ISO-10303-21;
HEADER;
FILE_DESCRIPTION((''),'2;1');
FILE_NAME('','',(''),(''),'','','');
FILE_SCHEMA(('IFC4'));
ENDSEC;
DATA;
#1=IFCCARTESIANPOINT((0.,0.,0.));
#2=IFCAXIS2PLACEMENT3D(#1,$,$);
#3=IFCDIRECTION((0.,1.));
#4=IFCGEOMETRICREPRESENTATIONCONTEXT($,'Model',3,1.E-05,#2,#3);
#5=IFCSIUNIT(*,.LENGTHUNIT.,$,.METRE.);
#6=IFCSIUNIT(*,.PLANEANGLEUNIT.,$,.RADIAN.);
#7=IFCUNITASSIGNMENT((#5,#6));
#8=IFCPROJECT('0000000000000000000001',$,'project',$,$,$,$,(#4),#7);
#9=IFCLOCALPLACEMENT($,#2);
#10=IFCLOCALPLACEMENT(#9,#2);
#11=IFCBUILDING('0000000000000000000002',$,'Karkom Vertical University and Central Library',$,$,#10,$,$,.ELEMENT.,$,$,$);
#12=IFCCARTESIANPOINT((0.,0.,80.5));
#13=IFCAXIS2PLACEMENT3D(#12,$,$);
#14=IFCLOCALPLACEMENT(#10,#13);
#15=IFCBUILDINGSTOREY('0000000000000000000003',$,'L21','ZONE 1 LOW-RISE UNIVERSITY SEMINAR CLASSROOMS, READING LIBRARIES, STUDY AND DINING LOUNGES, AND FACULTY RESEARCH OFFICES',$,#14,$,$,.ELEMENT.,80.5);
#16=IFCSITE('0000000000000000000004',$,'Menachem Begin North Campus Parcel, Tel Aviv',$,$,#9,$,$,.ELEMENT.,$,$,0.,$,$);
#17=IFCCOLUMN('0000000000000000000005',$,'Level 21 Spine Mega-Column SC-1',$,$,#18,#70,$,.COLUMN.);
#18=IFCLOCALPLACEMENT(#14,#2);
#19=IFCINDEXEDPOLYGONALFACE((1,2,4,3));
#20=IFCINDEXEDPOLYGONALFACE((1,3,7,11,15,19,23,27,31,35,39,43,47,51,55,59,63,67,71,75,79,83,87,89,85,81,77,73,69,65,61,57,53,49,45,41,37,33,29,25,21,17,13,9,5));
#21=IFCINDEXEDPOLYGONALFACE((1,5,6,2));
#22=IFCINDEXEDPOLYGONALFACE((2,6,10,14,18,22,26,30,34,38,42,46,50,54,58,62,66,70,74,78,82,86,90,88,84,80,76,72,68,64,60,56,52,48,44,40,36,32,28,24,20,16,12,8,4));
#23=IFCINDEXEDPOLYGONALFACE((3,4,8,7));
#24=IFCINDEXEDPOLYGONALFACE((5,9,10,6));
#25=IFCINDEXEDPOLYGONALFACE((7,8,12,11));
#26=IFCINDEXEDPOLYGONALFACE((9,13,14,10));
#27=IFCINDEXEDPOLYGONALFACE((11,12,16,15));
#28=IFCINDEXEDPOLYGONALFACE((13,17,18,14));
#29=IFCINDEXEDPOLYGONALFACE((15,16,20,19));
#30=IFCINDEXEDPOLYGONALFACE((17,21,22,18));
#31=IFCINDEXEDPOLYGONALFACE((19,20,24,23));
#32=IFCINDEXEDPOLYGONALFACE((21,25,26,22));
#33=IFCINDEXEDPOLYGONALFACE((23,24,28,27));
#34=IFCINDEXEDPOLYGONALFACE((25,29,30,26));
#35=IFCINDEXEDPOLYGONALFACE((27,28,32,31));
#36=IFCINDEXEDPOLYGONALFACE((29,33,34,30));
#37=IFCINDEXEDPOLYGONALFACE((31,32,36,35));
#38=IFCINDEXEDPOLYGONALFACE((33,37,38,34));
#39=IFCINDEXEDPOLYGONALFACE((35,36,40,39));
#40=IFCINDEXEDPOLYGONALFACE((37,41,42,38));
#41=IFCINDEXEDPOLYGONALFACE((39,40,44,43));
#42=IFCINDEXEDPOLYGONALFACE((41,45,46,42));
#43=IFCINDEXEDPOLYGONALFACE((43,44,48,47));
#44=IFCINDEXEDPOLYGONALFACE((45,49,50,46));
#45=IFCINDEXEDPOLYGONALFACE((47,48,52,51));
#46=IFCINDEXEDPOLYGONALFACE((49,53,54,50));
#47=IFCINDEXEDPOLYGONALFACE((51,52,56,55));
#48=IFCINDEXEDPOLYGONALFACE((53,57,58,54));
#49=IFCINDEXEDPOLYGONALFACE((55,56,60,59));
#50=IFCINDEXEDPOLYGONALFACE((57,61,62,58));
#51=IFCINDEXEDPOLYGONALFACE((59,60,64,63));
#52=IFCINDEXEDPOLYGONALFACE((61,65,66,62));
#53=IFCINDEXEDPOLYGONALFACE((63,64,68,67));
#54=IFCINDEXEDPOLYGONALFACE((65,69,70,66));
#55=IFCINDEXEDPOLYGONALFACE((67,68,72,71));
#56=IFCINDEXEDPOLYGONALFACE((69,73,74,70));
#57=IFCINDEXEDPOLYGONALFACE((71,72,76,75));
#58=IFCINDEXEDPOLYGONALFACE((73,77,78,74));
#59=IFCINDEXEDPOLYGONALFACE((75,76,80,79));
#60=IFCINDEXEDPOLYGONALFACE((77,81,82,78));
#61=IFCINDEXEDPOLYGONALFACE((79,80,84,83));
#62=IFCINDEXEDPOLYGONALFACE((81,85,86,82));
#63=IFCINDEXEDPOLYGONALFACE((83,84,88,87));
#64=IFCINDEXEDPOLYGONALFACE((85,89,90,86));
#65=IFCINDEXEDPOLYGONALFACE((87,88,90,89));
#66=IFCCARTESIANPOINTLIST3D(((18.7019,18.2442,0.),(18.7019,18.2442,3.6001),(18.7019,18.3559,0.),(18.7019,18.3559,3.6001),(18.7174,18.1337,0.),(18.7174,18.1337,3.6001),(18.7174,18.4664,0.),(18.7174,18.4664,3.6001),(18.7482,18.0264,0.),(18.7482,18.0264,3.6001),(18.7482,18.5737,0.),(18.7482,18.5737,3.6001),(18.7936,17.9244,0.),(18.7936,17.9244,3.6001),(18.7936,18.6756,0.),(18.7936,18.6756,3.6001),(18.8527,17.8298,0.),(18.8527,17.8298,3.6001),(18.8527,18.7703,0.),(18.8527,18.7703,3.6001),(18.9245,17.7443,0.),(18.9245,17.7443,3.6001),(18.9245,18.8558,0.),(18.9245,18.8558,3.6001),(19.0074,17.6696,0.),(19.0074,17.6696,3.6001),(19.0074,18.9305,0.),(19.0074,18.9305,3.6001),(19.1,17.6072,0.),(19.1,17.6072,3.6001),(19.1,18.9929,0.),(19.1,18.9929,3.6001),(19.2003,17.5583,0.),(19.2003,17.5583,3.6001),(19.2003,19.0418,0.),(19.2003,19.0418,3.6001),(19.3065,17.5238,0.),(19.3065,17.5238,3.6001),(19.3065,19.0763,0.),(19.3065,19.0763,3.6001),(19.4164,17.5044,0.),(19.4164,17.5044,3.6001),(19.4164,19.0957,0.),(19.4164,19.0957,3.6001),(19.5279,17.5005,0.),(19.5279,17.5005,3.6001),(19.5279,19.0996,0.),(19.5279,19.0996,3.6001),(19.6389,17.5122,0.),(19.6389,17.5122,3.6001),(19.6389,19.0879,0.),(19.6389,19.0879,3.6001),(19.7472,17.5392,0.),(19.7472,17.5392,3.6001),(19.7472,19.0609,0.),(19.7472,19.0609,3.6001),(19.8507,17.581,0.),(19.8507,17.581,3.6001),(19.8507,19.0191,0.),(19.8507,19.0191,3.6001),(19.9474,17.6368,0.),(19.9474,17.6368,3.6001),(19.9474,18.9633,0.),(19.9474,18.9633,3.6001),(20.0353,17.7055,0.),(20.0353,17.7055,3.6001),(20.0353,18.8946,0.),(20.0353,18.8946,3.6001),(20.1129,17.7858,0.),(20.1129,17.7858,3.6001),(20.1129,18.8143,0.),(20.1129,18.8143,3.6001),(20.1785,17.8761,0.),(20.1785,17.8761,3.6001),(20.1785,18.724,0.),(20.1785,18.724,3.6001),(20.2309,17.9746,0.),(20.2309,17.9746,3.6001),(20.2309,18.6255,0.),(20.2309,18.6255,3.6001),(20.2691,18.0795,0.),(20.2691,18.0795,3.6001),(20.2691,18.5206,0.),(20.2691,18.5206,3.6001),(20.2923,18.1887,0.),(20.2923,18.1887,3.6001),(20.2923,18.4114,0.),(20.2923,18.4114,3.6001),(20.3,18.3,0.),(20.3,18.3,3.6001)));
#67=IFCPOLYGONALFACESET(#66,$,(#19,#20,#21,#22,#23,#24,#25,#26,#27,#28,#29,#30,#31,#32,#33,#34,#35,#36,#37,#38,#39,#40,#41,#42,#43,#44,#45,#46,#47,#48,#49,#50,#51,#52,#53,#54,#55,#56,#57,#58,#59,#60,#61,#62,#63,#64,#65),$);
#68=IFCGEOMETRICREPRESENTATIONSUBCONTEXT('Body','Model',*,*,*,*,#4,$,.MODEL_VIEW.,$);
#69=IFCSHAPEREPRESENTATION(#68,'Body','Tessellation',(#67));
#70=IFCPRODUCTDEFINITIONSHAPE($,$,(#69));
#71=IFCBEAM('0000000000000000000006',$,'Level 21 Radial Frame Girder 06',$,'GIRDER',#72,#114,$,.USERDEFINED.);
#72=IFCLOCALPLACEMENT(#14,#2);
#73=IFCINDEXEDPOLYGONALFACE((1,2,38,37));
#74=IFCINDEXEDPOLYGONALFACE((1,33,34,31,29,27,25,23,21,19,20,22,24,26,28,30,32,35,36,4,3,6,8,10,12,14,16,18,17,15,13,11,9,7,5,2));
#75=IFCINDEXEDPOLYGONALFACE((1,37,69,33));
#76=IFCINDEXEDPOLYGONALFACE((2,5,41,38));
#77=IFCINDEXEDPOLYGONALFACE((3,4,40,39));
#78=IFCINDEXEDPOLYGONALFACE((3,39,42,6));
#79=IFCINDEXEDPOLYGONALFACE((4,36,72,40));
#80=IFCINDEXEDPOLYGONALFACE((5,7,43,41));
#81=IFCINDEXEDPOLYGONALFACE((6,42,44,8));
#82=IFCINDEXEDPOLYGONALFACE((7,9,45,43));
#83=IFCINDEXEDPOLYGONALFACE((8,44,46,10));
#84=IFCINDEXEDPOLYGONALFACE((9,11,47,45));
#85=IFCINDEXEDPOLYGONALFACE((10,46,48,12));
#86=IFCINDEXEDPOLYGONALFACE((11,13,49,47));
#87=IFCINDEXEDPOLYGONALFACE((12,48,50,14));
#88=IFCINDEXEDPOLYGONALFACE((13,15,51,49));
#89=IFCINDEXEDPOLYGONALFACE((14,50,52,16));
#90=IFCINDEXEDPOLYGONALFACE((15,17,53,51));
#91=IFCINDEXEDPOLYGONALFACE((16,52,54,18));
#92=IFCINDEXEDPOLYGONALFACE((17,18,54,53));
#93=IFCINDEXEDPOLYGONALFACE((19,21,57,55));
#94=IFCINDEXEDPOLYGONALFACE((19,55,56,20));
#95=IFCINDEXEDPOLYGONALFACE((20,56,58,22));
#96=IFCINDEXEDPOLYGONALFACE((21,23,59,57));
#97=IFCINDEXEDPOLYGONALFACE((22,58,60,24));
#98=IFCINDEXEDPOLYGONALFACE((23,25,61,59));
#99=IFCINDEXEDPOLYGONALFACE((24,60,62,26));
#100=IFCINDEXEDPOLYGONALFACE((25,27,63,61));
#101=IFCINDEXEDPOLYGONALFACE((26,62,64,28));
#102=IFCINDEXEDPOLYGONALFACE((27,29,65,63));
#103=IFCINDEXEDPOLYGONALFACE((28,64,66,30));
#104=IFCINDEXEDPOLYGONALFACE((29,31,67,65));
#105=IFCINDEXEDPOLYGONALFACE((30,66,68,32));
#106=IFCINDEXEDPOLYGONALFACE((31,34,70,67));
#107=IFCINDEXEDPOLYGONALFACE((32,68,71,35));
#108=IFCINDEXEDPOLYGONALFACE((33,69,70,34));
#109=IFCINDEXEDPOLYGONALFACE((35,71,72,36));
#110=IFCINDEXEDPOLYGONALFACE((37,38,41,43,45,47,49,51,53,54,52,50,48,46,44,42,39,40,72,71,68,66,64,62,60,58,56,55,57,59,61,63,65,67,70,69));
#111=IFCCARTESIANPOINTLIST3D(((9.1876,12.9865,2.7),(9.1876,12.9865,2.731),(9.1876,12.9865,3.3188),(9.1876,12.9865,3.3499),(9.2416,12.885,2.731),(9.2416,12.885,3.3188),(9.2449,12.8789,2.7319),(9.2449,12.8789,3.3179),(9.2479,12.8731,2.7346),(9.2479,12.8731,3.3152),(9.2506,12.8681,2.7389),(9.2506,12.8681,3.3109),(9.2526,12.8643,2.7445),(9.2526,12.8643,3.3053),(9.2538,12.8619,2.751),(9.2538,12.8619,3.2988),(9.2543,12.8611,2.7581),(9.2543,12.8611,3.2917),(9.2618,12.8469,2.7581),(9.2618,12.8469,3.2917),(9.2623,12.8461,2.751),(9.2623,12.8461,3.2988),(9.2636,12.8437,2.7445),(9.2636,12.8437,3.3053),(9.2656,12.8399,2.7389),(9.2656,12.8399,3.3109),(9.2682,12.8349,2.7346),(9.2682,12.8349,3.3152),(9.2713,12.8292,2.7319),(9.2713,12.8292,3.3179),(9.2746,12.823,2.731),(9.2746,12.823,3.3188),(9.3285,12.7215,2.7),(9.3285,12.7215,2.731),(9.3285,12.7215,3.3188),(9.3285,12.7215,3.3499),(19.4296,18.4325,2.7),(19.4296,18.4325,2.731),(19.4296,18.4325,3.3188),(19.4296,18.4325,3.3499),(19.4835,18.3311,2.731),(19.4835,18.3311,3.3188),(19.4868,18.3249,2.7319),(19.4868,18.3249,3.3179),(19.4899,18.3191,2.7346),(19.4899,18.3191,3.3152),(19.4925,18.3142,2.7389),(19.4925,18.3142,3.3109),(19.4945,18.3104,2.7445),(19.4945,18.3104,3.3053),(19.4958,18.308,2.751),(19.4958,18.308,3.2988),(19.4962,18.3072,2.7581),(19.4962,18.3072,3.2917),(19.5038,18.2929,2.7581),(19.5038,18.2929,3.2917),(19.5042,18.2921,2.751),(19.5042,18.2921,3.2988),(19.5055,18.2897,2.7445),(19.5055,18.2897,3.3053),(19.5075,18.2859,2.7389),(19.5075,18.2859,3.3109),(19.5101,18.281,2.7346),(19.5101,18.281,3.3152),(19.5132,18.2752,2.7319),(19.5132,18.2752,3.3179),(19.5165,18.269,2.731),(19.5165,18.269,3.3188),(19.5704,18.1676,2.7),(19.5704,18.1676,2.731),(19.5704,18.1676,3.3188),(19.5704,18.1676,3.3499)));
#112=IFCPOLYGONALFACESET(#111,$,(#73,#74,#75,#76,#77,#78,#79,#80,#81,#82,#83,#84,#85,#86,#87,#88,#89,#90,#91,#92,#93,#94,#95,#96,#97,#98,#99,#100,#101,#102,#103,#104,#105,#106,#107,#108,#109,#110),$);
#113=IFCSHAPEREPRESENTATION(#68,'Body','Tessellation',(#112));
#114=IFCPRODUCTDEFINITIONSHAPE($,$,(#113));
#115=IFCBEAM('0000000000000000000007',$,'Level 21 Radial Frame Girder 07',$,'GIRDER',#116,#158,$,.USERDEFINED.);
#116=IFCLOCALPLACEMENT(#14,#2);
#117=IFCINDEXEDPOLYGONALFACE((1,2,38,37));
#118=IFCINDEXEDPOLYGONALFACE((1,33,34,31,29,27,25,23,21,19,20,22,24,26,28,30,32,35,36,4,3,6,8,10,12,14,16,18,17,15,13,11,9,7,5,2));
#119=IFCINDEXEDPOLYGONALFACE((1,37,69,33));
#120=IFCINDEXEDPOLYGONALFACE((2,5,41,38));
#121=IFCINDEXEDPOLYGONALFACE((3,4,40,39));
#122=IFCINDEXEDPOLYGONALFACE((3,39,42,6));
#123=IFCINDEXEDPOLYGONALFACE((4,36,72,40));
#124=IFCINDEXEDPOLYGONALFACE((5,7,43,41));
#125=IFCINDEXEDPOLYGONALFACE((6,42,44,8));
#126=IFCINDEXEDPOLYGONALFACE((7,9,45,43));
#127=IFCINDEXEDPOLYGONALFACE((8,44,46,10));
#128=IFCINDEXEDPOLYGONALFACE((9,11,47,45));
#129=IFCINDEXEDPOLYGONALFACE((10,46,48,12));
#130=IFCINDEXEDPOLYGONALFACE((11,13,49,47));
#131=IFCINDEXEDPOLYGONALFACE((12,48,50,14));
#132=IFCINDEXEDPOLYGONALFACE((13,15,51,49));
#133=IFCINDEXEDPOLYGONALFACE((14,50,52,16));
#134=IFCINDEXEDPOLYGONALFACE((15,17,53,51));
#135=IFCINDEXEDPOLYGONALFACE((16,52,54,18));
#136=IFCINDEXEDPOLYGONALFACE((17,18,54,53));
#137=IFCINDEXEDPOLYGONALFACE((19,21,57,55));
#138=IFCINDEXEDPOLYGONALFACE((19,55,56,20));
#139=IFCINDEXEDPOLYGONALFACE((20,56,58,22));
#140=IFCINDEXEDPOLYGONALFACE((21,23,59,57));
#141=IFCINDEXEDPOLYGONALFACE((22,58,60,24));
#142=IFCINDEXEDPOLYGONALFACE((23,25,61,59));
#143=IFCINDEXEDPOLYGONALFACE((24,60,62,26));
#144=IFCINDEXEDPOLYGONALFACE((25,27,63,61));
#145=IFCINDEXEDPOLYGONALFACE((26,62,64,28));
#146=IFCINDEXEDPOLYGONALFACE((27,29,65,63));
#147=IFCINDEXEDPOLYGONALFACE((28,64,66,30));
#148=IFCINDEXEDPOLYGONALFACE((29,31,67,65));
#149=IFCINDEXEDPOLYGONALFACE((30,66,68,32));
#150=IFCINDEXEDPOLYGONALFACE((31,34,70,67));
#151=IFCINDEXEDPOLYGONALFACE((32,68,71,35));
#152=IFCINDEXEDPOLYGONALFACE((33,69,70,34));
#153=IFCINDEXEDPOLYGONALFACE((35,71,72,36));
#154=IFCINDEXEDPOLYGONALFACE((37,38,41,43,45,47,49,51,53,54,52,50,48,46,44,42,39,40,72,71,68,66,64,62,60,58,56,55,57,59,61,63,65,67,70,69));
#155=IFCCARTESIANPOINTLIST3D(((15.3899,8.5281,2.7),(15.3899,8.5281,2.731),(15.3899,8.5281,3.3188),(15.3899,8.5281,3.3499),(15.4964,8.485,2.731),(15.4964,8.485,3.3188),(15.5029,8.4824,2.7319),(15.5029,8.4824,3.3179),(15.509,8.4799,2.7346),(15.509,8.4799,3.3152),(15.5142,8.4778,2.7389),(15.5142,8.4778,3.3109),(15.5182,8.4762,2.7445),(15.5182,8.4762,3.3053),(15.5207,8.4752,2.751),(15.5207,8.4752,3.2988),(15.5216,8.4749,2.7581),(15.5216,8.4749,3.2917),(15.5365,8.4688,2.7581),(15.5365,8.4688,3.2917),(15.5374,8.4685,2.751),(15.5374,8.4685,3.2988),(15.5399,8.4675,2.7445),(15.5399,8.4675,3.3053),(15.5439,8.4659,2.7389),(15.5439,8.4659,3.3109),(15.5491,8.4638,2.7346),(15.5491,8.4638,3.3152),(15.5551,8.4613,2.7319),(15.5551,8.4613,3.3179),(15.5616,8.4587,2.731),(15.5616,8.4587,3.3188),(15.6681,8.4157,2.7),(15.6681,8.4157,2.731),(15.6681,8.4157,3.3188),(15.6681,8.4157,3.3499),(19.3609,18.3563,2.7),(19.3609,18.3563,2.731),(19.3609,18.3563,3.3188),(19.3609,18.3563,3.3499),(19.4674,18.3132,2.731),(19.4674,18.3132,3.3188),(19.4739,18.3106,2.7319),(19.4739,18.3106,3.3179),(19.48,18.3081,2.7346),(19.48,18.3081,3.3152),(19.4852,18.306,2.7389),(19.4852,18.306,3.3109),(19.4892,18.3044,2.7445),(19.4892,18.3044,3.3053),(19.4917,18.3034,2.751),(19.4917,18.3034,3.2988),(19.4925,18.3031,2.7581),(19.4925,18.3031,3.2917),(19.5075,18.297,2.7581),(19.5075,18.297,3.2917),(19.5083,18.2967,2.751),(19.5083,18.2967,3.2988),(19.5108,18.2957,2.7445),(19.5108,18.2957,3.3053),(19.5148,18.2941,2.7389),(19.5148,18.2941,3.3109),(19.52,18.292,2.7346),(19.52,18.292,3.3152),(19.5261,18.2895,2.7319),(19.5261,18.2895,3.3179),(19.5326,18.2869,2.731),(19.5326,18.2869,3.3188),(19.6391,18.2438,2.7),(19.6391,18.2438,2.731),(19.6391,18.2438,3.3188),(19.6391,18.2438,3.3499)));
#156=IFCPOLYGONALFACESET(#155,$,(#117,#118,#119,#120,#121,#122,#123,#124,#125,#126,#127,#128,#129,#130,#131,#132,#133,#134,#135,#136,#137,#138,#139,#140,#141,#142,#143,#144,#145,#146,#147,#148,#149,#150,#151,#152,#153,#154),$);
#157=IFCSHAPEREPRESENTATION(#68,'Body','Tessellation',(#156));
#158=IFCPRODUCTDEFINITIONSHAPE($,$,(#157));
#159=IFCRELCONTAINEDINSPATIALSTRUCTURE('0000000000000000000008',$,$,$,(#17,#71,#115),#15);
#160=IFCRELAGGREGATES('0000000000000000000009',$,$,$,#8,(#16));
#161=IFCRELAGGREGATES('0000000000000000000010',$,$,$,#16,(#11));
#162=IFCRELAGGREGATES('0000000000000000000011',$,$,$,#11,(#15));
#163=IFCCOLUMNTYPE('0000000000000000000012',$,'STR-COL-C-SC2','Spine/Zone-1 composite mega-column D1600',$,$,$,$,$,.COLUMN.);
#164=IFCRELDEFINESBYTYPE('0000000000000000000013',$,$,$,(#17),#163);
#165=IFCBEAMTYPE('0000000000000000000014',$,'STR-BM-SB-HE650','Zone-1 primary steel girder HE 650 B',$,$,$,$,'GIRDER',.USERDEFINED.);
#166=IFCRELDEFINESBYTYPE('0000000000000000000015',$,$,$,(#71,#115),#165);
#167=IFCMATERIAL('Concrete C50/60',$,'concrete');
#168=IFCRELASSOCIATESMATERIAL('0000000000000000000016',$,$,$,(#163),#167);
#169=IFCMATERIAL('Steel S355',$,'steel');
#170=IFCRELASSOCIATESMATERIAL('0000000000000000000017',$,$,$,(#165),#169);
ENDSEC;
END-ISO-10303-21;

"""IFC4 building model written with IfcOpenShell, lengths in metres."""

from ifc_helpers import new_model, si_unit, direction, frame, origin, origin_with_axes, origin_2d, place, context, subcontext, project, spatial, circle, i_section, extrude, source, transform, mapped, material, material_profile, profile_set, type_object, element, save


model = new_model("IFC4")

# Units and contexts
model_context = context("Model", 3, precision=1e-05, world=origin(), true_north=direction((0.0, 1.0)))
body_context = subcontext(model_context, "Body", "Model", "MODEL_VIEW")
ifc_project = project(units=[si_unit("LENGTHUNIT", "METRE"), si_unit("PLANEANGLEUNIT", "RADIAN")], contexts=[model_context])

# Site, building, storey
site_placement = place(None, origin())
site = spatial("IfcSite", under=ifc_project, at=site_placement, Name="Menachem Begin North Campus Parcel, Tel Aviv", CompositionType="ELEMENT", RefElevation=0.0)
building_placement = place(site_placement, origin())
building = spatial("IfcBuilding", under=site, at=building_placement, Name="Karkom Vertical University and Central Library", CompositionType="ELEMENT")
storey_placement = place(building_placement, frame((0.0, 0.0, 80.5)))
storey = spatial("IfcBuildingStorey", under=building, at=storey_placement, Name="L21", Description="ZONE 1 LOW-RISE UNIVERSITY SEMINAR CLASSROOMS, READING LIBRARIES, STUDY AND DINING LOUNGES, AND FACULTY RESEARCH OFFICES", CompositionType="ELEMENT", Elevation=80.5)

# Column
ifc_material_1 = material(Name="Concrete C50/60", Category="concrete")
ifc_material_profile_1 = material_profile(ifc_material_1, circle(Radius=0.8, at=origin_2d()), Name="CFT-D1600")
ifc_profile_set_1 = profile_set([ifc_material_profile_1], Name="Concrete C50/60")
column_type = type_object("IfcColumnType", Name="STR-COL-C-SC2", Description="Spine/Zone-1 composite mega-column D1600", PredefinedType="COLUMN", material=ifc_profile_set_1)
shared_shape_1 = source(origin_with_axes(), body_context, "Body", "SweptSolid", [
    extrude(circle(Radius=0.8, at=origin_2d()), origin(), (0.0, 0.0, 1.0), 3.6001),
])
column_placement = place(storey_placement, frame((19.5, 18.3, 0.0), z_axis=(0.0, 0.0, 1.0), x_axis=(1.0, 0.0, 0.0)))
element("IfcColumn", 1, at=column_placement, inside=storey, type_object=column_type, Name="Level 21 Spine Mega-Column SC-1", PredefinedType="COLUMN", context=body_context, shape_type="MappedRepresentation", body=[
    mapped(shared_shape_1, transform((0.0, 0.0, 0.0), scale=1.0)),
])

# Beams
ifc_material_2 = material(Name="Steel S355", Category="steel")
ifc_material_profile_2 = material_profile(ifc_material_2, i_section(OverallWidth=0.3, OverallDepth=0.6499, WebThickness=0.0161, FlangeThickness=0.031, FilletRadius=0.0271, at=origin_2d()), Name="HE 650 B")
ifc_profile_set_2 = profile_set([ifc_material_profile_2], Name="Steel S355")
beam_type_1 = type_object("IfcBeamType", Name="STR-BM-SB-HE650", Description="Zone-1 primary steel girder HE 650 B", ElementType="GIRDER", PredefinedType="USERDEFINED", material=ifc_profile_set_2)
shared_shape_2 = source(origin_with_axes(), body_context, "Body", "SweptSolid", [
    extrude(i_section(OverallWidth=0.3, OverallDepth=0.6499, WebThickness=0.0161, FlangeThickness=0.031, FilletRadius=0.0271, at=origin_2d()), origin(), (0.0, 0.0, 1.0), 11.5999),
])
beam_1_placement = place(storey_placement, frame((19.5, 18.3, 3.0249), z_axis=(-0.882937, -0.469492, 0.0), x_axis=(0.469492, -0.882937, 0.0)))
element("IfcBeam", 2, at=beam_1_placement, inside=storey, type_object=beam_type_1, Name="Level 21 Radial Frame Girder 06", ObjectType="GIRDER", PredefinedType="USERDEFINED", context=body_context, shape_type="MappedRepresentation", body=[
    mapped(shared_shape_2, transform((0.0, 0.0, 0.0), scale=1.0)),
])
shared_shape_3 = source(origin_with_axes(), body_context, "Body", "SweptSolid", [
    extrude(i_section(OverallWidth=0.3, OverallDepth=0.6499, WebThickness=0.0161, FlangeThickness=0.031, FilletRadius=0.0271, at=origin_2d()), origin(), (0.0, 0.0, 1.0), 10.6001),
])
beam_2_placement = place(storey_placement, frame((19.5, 18.3, 3.0249), z_axis=(-0.374617, -0.92718, 0.0), x_axis=(0.92718, -0.374617, 0.0)))
element("IfcBeam", 3, at=beam_2_placement, inside=storey, type_object=beam_type_1, Name="Level 21 Radial Frame Girder 07", ObjectType="GIRDER", PredefinedType="USERDEFINED", context=body_context, shape_type="MappedRepresentation", body=[
    mapped(shared_shape_3, transform((0.0, 0.0, 0.0), scale=1.0)),
])

save(model, "model.ifc")
